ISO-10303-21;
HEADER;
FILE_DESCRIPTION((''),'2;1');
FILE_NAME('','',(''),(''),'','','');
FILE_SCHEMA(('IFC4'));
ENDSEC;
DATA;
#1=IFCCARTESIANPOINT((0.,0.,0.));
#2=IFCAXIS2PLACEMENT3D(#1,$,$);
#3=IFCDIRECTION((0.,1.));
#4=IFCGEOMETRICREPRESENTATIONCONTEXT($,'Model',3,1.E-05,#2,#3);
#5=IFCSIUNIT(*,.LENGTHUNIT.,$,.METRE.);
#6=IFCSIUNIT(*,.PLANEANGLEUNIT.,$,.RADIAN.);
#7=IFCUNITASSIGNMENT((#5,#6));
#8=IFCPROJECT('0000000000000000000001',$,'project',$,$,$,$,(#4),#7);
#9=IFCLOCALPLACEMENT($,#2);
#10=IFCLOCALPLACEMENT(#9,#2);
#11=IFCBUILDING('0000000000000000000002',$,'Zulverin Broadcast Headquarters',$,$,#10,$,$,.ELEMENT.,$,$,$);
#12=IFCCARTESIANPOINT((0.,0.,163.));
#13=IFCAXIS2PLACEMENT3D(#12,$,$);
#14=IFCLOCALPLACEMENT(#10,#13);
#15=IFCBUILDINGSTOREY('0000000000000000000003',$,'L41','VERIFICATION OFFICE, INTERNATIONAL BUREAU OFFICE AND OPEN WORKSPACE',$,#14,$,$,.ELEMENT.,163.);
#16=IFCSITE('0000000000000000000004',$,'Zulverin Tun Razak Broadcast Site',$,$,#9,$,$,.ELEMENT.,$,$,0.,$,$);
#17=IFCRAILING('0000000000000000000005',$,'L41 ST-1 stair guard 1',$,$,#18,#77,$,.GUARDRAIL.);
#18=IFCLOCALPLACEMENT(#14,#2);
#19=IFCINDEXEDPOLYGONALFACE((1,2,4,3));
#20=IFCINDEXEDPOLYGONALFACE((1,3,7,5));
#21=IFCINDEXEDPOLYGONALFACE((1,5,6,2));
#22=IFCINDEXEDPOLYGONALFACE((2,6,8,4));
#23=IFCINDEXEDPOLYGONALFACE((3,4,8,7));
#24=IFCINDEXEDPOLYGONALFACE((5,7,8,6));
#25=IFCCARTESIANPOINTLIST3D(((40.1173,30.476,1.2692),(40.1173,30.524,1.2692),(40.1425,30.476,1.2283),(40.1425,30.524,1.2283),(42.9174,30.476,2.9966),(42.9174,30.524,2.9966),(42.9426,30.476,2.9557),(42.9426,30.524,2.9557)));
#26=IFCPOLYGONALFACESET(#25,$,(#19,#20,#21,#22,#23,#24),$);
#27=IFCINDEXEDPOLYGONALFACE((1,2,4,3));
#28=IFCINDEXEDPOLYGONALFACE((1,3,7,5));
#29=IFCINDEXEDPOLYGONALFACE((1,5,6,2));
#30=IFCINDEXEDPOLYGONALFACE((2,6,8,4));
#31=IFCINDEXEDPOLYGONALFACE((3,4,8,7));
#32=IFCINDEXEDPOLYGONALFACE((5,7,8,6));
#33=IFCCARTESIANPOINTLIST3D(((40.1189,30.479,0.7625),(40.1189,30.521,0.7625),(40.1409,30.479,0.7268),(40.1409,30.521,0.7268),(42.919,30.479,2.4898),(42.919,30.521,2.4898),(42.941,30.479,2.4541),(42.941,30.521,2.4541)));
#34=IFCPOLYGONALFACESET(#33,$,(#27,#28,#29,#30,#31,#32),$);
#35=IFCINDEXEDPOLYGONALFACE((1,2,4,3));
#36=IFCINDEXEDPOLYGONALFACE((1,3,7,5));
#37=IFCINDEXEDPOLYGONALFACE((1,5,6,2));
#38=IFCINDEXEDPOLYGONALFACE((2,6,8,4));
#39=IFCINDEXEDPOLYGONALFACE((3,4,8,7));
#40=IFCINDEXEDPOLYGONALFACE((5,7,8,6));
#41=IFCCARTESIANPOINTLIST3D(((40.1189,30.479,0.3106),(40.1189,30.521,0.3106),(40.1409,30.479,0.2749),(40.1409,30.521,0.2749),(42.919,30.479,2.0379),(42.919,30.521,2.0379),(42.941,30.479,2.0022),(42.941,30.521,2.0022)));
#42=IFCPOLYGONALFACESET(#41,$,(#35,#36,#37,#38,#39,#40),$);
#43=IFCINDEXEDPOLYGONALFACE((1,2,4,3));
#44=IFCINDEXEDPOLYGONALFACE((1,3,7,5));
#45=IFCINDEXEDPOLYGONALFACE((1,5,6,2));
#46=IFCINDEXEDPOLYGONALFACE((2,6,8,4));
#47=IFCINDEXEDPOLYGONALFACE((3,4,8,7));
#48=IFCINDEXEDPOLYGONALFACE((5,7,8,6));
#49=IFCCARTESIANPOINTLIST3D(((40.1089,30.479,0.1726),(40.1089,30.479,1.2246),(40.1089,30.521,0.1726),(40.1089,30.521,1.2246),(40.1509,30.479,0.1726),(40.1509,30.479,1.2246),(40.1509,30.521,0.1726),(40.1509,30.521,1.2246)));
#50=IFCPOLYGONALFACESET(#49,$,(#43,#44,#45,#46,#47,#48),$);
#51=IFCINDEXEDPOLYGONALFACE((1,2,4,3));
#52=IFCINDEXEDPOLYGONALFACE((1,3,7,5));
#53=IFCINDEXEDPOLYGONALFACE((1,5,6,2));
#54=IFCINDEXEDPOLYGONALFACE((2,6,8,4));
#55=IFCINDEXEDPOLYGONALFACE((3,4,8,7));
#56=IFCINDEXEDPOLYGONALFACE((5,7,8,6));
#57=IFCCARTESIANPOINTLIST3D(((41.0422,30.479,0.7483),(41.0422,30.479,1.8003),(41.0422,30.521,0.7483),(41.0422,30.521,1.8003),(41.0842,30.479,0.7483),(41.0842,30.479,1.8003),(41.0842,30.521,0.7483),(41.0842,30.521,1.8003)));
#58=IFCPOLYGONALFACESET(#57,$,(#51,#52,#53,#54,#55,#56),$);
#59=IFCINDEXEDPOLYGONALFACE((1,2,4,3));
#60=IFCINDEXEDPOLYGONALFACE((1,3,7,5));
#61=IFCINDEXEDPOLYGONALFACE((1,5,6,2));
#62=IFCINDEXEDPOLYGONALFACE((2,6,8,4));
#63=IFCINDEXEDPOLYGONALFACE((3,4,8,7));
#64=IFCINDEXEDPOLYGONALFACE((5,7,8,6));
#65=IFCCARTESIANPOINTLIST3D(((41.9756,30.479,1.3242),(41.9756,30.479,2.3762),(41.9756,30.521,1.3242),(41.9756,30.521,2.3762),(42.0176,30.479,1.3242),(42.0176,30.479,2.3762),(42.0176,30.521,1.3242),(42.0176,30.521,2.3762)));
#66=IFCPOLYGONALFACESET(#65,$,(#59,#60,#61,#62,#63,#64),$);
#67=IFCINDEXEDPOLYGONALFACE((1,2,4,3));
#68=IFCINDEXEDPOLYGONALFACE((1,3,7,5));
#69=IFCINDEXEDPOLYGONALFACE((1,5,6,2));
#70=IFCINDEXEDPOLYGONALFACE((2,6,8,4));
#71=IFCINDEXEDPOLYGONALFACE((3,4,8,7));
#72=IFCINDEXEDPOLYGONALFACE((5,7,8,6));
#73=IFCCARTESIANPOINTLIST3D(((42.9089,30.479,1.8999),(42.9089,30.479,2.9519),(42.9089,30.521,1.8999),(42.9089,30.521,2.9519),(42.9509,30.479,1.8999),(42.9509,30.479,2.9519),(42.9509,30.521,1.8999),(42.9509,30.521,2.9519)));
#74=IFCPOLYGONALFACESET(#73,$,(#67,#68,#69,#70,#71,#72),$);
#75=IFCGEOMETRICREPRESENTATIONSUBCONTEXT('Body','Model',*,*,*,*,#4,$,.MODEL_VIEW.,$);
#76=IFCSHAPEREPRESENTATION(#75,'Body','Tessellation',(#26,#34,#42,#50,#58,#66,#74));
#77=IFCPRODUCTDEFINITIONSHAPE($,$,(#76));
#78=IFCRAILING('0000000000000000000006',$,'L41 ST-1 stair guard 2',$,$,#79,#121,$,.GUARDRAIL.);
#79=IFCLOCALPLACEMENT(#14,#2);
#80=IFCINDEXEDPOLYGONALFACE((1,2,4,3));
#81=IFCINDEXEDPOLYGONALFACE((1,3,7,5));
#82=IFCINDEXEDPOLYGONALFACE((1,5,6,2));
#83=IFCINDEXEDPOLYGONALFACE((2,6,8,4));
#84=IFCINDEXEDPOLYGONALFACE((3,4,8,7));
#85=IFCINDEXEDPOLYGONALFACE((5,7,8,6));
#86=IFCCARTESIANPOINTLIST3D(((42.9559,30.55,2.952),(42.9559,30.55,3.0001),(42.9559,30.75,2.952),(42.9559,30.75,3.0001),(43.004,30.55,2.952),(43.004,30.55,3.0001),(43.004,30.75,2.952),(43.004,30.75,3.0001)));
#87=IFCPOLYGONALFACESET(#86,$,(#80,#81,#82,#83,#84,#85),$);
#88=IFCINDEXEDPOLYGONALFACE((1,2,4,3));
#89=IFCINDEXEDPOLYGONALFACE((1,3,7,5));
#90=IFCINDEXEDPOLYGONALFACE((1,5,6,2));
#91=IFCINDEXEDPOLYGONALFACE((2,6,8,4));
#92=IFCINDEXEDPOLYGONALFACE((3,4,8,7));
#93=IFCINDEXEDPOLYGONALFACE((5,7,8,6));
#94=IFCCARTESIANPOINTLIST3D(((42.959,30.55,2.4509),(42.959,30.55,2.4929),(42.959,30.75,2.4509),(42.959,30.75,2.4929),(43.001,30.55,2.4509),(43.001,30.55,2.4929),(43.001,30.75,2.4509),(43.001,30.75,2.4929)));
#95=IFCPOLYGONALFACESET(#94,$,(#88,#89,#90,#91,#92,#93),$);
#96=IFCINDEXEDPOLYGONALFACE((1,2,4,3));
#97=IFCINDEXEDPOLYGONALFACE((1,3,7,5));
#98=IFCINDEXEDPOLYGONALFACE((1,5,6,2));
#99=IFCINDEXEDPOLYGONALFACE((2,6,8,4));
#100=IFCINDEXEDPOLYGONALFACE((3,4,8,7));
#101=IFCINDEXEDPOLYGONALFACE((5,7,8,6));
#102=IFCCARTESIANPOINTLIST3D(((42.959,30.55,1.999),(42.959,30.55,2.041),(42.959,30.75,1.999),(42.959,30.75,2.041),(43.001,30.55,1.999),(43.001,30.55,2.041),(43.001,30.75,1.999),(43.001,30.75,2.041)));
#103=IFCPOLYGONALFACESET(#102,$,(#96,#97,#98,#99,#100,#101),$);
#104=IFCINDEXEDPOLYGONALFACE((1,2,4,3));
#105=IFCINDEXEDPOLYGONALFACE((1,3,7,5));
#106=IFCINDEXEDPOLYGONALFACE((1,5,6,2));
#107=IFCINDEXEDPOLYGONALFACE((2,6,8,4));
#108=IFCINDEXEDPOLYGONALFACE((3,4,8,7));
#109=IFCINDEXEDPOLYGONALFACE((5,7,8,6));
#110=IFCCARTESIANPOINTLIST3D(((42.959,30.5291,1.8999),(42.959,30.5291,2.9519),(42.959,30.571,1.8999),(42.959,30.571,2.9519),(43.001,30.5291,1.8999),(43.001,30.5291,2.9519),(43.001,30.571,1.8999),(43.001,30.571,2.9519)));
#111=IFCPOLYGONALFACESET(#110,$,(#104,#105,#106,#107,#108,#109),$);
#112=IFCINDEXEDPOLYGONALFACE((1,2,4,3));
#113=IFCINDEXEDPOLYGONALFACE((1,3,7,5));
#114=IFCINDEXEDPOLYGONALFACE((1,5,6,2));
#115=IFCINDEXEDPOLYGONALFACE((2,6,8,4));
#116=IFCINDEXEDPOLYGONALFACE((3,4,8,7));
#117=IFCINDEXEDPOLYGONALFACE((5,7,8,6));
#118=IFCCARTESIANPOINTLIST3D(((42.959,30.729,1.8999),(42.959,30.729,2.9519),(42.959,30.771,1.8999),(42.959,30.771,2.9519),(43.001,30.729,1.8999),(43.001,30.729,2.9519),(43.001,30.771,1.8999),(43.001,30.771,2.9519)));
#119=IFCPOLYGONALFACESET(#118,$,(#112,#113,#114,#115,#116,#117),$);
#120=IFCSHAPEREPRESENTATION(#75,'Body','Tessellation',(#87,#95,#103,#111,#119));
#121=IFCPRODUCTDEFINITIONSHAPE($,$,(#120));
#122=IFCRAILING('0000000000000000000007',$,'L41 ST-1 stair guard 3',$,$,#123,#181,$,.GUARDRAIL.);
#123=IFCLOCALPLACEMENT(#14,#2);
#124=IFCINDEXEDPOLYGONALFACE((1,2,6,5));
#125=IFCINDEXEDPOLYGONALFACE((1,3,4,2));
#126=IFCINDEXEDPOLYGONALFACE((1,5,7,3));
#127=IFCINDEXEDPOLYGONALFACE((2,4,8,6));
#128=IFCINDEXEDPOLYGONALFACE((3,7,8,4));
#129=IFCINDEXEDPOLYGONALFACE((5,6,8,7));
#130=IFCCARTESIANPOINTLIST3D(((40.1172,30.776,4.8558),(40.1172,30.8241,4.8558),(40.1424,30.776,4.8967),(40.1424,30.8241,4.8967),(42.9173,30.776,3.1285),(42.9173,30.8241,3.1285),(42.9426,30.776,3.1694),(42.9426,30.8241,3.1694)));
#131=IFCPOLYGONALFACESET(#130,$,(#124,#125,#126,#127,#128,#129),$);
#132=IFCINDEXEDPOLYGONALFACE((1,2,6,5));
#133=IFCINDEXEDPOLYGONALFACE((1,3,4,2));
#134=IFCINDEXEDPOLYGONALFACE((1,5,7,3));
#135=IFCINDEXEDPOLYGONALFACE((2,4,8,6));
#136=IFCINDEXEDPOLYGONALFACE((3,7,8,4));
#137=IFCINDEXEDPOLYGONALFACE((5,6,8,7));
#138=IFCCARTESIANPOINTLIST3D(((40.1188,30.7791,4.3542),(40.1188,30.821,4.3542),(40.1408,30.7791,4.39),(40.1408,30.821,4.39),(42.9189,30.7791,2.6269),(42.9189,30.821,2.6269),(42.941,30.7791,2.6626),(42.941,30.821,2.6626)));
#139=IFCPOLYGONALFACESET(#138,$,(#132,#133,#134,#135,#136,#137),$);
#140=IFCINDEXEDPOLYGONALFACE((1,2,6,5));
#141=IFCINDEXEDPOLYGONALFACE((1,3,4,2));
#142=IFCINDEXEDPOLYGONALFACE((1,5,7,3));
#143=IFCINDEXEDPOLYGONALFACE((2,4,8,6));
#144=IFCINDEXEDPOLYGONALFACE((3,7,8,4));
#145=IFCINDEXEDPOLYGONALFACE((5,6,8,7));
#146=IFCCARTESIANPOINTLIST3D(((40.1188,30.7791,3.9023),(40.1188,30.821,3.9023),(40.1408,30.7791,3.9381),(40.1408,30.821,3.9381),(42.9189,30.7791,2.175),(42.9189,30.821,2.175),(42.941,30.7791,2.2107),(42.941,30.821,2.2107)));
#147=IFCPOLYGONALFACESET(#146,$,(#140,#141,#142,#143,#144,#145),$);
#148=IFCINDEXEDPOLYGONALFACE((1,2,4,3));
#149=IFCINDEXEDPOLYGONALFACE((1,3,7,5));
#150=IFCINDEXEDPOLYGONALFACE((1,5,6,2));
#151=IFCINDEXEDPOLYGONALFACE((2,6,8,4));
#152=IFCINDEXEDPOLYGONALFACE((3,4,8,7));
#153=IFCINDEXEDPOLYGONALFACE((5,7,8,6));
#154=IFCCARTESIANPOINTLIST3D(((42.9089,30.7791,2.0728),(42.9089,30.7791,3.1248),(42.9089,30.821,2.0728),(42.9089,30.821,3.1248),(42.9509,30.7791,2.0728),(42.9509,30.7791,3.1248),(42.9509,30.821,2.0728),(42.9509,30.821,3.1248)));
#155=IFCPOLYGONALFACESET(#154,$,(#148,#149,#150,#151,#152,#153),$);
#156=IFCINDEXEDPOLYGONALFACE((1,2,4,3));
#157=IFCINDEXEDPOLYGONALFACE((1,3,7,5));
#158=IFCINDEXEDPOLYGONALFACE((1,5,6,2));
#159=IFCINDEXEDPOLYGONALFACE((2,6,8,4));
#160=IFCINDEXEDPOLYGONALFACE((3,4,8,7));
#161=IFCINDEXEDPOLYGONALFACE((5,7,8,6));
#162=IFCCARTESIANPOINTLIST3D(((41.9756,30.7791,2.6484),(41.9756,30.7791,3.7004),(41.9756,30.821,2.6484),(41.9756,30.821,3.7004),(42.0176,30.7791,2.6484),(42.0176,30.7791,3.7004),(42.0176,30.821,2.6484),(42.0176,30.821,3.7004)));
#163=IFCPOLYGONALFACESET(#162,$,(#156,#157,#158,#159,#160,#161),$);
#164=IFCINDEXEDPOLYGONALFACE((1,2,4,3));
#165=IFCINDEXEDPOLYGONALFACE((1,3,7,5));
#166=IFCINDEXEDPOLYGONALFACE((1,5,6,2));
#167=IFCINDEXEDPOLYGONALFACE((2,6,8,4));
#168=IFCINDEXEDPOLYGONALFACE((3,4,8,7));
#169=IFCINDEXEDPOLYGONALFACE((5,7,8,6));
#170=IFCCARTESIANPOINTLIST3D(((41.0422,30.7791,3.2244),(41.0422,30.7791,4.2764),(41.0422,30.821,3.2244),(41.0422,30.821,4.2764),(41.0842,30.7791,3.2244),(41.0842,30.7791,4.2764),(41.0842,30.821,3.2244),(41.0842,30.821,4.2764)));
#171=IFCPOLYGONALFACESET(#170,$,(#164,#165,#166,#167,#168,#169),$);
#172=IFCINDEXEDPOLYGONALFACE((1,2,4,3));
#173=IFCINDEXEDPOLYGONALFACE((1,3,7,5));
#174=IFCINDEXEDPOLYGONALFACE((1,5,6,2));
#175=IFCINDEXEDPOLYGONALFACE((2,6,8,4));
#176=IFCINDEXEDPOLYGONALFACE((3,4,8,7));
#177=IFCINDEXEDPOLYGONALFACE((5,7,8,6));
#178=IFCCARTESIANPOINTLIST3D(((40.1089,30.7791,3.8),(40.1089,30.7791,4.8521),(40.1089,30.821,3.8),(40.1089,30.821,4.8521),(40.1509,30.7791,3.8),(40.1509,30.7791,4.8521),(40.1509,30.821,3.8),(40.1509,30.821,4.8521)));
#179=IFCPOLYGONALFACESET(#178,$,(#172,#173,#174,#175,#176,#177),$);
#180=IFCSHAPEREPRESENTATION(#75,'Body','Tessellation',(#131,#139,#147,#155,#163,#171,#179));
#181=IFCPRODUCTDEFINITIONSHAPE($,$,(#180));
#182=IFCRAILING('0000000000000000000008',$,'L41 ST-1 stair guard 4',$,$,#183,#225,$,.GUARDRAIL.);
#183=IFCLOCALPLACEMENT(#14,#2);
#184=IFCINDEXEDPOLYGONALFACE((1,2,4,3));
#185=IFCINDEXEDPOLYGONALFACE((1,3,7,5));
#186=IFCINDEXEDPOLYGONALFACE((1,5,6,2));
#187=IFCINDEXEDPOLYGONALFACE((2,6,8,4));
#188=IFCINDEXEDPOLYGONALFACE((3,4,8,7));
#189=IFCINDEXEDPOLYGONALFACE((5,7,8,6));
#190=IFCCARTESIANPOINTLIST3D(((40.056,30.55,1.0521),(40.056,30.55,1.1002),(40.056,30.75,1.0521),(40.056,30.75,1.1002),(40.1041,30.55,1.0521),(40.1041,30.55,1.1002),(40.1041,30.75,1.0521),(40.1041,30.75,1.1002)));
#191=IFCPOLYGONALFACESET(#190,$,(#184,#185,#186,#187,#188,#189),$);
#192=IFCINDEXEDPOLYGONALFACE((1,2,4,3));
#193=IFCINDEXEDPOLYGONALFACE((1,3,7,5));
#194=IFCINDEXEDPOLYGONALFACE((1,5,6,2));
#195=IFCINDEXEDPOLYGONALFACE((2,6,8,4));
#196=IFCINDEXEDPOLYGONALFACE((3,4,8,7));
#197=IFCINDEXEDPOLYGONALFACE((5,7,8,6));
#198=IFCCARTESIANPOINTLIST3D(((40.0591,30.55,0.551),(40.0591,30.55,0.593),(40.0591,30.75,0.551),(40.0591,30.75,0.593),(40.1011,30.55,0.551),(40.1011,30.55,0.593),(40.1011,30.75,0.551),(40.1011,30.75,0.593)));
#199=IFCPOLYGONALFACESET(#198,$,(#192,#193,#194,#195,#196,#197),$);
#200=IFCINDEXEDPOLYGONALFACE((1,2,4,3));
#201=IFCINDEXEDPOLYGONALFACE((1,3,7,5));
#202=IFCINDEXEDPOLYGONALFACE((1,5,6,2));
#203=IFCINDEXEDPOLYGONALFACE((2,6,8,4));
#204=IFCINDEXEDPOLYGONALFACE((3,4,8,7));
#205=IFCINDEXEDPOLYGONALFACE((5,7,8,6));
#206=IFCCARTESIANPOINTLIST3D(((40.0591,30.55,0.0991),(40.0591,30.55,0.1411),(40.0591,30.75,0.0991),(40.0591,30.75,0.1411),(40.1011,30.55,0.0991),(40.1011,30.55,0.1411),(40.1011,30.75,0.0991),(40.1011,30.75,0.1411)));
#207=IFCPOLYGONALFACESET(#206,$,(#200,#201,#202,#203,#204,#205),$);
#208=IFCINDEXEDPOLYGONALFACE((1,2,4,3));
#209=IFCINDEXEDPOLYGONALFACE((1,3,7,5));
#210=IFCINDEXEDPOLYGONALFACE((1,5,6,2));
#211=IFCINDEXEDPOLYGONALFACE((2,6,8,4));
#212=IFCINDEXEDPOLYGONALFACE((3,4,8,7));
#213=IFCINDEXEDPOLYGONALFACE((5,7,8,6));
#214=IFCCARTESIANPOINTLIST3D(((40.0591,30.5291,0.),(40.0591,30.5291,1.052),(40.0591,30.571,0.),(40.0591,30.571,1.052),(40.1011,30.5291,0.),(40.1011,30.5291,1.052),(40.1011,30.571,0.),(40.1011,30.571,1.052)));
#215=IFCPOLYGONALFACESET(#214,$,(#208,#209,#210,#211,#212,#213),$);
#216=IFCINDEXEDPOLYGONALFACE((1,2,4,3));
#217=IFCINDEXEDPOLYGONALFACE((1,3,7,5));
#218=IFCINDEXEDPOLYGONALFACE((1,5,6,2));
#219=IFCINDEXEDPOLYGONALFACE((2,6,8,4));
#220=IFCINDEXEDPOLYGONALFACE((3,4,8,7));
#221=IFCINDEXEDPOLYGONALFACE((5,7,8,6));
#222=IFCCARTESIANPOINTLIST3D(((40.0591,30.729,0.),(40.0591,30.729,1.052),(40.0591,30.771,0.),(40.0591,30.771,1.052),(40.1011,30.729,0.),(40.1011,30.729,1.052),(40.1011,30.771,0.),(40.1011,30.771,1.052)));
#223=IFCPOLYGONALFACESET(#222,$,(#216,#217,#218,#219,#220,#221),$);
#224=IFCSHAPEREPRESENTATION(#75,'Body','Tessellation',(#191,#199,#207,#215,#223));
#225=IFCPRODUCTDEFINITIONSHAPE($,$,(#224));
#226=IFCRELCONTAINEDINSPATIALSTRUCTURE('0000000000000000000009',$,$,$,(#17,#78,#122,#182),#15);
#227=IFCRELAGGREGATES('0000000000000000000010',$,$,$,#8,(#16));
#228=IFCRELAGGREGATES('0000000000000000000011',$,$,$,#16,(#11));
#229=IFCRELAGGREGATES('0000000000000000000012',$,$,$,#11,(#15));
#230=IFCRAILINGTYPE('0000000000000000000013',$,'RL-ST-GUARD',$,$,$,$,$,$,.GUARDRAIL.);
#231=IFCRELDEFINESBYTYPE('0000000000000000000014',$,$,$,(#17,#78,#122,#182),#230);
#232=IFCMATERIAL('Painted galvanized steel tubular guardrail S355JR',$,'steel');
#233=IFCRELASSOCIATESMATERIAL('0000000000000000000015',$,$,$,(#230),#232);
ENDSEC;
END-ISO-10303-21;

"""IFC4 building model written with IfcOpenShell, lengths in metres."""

from ifc_helpers import new_model, si_unit, direction, frame, origin, origin_2d, place, context, subcontext, project, spatial, rectangle, extrude, material, type_object, element, save


model = new_model("IFC4")

# Units and contexts
model_context = context("Model", 3, precision=1e-05, world=origin(), true_north=direction((0.0, 1.0)))
body_context = subcontext(model_context, "Body", "Model", "MODEL_VIEW")
ifc_project = project(units=[si_unit("LENGTHUNIT", "METRE"), si_unit("PLANEANGLEUNIT", "RADIAN")], contexts=[model_context])

# Site, building, storey
site_placement = place(None, origin())
site = spatial("IfcSite", under=ifc_project, at=site_placement, Name="Zulverin Tun Razak Broadcast Site", CompositionType="ELEMENT", RefElevation=0.0)
building_placement = place(site_placement, origin())
building = spatial("IfcBuilding", under=site, at=building_placement, Name="Zulverin Broadcast Headquarters", CompositionType="ELEMENT")
storey_placement = place(building_placement, frame((0.0, 0.0, 163.0)))
storey = spatial("IfcBuildingStorey", under=building, at=storey_placement, Name="L41", Description="VERIFICATION OFFICE, INTERNATIONAL BUREAU OFFICE AND OPEN WORKSPACE", CompositionType="ELEMENT", Elevation=163.0)

# Railings
ifc_material_1 = material(Name="Painted galvanized steel tubular guardrail S355JR", Category="steel")
railing_type_1 = type_object("IfcRailingType", Name="RL-ST-GUARD", PredefinedType="GUARDRAIL", material=ifc_material_1)
railing_1_placement = place(storey_placement, frame((40.1299, 30.5, 0.1726)))
element("IfcRailing", 1, at=railing_1_placement, inside=storey, type_object=railing_type_1, Name="L41 ST-1 stair guard 1", PredefinedType="GUARDRAIL", context=body_context, shape_type="SweptSolid", body=[
    extrude(rectangle(XDim=0.0481, YDim=0.0481, at=origin_2d()), frame((0.0, 0.0, 1.0762), z_axis=(0.85109, 0.0, 0.52502), x_axis=(0.0, 1.0, 0.0)), (0.0, 0.0, 1.0), 3.29),
    extrude(rectangle(XDim=0.042, YDim=0.042, at=origin_2d()), frame((0.0, 0.0, 0.572), z_axis=(0.85109, 0.0, 0.52502), x_axis=(0.0, 1.0, 0.0)), (0.0, 0.0, 1.0), 3.29),
    extrude(rectangle(XDim=0.042, YDim=0.042, at=origin_2d()), frame((0.0, 0.0, 0.1201), z_axis=(0.85109, 0.0, 0.52502), x_axis=(0.0, 1.0, 0.0)), (0.0, 0.0, 1.0), 3.29),
    extrude(rectangle(XDim=0.042, YDim=0.042, at=origin_2d()), origin(), (0.0, 0.0, 1.0), 1.052),
    extrude(rectangle(XDim=0.042, YDim=0.042, at=origin_2d()), frame((0.9333, 0.0, 0.5757)), (0.0, 0.0, 1.0), 1.052),
    extrude(rectangle(XDim=0.042, YDim=0.042, at=origin_2d()), frame((1.8667, 0.0, 1.1516)), (0.0, 0.0, 1.0), 1.052),
    extrude(rectangle(XDim=0.042, YDim=0.042, at=origin_2d()), frame((2.8, 0.0, 1.7273)), (0.0, 0.0, 1.0), 1.052),
])
railing_2_placement = place(storey_placement, frame((42.98, 30.55, 1.8999)))
element("IfcRailing", 2, at=railing_2_placement, inside=storey, type_object=railing_type_1, Name="L41 ST-1 stair guard 2", PredefinedType="GUARDRAIL", context=body_context, shape_type="SweptSolid", body=[
    extrude(rectangle(XDim=0.0481, YDim=0.0481, at=origin_2d()), frame((0.0, 0.0, 1.0762), z_axis=(0.0, 1.0, 0.0), x_axis=(-1.0, 0.0, 0.0)), (0.0, 0.0, 1.0), 0.2),
    extrude(rectangle(XDim=0.042, YDim=0.042, at=origin_2d()), frame((0.0, 0.0, 0.572), z_axis=(0.0, 1.0, 0.0), x_axis=(-1.0, 0.0, 0.0)), (0.0, 0.0, 1.0), 0.2),
    extrude(rectangle(XDim=0.042, YDim=0.042, at=origin_2d()), frame((0.0, 0.0, 0.1201), z_axis=(0.0, 1.0, 0.0), x_axis=(-1.0, 0.0, 0.0)), (0.0, 0.0, 1.0), 0.2),
    extrude(rectangle(XDim=0.042, YDim=0.042, at=origin_2d()), origin(), (0.0, 0.0, 1.0), 1.052),
    extrude(rectangle(XDim=0.042, YDim=0.042, at=origin_2d()), frame((0.0, 0.2, 0.0)), (0.0, 0.0, 1.0), 1.052),
])
railing_3_placement = place(storey_placement, frame((42.9299, 30.8, 2.0728)))
element("IfcRailing", 3, at=railing_3_placement, inside=storey, type_object=railing_type_1, Name="L41 ST-1 stair guard 3", PredefinedType="GUARDRAIL", context=body_context, shape_type="SweptSolid", body=[
    extrude(rectangle(XDim=0.0481, YDim=0.0481, at=origin_2d()), frame((0.0, 0.0, 1.0762), z_axis=(-0.85109, 0.0, 0.52502), x_axis=(0.0, -1.0, 0.0)), (0.0, 0.0, 1.0), 3.29),
    extrude(rectangle(XDim=0.042, YDim=0.042, at=origin_2d()), frame((0.0, 0.0, 0.572), z_axis=(-0.85109, 0.0, 0.52502), x_axis=(0.0, -1.0, 0.0)), (0.0, 0.0, 1.0), 3.29),
    extrude(rectangle(XDim=0.042, YDim=0.042, at=origin_2d()), frame((0.0, 0.0, 0.1201), z_axis=(-0.85109, 0.0, 0.52502), x_axis=(0.0, -1.0, 0.0)), (0.0, 0.0, 1.0), 3.29),
    extrude(rectangle(XDim=0.042, YDim=0.042, at=origin_2d()), origin(), (0.0, 0.0, 1.0), 1.052),
    extrude(rectangle(XDim=0.042, YDim=0.042, at=origin_2d()), frame((-0.9333, 0.0, 0.5757)), (0.0, 0.0, 1.0), 1.052),
    extrude(rectangle(XDim=0.042, YDim=0.042, at=origin_2d()), frame((-1.8667, 0.0, 1.1516)), (0.0, 0.0, 1.0), 1.052),
    extrude(rectangle(XDim=0.042, YDim=0.042, at=origin_2d()), frame((-2.8, 0.0, 1.7273)), (0.0, 0.0, 1.0), 1.052),
])
railing_4_placement = place(storey_placement, frame((40.0801, 30.55, 0.0)))
element("IfcRailing", 4, at=railing_4_placement, inside=storey, type_object=railing_type_1, Name="L41 ST-1 stair guard 4", PredefinedType="GUARDRAIL", context=body_context, shape_type="SweptSolid", body=[
    extrude(rectangle(XDim=0.0481, YDim=0.0481, at=origin_2d()), frame((0.0, 0.0, 1.0762), z_axis=(0.0, 1.0, 0.0), x_axis=(-1.0, 0.0, 0.0)), (0.0, 0.0, 1.0), 0.2),
    extrude(rectangle(XDim=0.042, YDim=0.042, at=origin_2d()), frame((0.0, 0.0, 0.572), z_axis=(0.0, 1.0, 0.0), x_axis=(-1.0, 0.0, 0.0)), (0.0, 0.0, 1.0), 0.2),
    extrude(rectangle(XDim=0.042, YDim=0.042, at=origin_2d()), frame((0.0, 0.0, 0.1201), z_axis=(0.0, 1.0, 0.0), x_axis=(-1.0, 0.0, 0.0)), (0.0, 0.0, 1.0), 0.2),
    extrude(rectangle(XDim=0.042, YDim=0.042, at=origin_2d()), origin(), (0.0, 0.0, 1.0), 1.052),
    extrude(rectangle(XDim=0.042, YDim=0.042, at=origin_2d()), frame((0.0, 0.2, 0.0)), (0.0, 0.0, 1.0), 1.052),
])

save(model, "model.ifc")
